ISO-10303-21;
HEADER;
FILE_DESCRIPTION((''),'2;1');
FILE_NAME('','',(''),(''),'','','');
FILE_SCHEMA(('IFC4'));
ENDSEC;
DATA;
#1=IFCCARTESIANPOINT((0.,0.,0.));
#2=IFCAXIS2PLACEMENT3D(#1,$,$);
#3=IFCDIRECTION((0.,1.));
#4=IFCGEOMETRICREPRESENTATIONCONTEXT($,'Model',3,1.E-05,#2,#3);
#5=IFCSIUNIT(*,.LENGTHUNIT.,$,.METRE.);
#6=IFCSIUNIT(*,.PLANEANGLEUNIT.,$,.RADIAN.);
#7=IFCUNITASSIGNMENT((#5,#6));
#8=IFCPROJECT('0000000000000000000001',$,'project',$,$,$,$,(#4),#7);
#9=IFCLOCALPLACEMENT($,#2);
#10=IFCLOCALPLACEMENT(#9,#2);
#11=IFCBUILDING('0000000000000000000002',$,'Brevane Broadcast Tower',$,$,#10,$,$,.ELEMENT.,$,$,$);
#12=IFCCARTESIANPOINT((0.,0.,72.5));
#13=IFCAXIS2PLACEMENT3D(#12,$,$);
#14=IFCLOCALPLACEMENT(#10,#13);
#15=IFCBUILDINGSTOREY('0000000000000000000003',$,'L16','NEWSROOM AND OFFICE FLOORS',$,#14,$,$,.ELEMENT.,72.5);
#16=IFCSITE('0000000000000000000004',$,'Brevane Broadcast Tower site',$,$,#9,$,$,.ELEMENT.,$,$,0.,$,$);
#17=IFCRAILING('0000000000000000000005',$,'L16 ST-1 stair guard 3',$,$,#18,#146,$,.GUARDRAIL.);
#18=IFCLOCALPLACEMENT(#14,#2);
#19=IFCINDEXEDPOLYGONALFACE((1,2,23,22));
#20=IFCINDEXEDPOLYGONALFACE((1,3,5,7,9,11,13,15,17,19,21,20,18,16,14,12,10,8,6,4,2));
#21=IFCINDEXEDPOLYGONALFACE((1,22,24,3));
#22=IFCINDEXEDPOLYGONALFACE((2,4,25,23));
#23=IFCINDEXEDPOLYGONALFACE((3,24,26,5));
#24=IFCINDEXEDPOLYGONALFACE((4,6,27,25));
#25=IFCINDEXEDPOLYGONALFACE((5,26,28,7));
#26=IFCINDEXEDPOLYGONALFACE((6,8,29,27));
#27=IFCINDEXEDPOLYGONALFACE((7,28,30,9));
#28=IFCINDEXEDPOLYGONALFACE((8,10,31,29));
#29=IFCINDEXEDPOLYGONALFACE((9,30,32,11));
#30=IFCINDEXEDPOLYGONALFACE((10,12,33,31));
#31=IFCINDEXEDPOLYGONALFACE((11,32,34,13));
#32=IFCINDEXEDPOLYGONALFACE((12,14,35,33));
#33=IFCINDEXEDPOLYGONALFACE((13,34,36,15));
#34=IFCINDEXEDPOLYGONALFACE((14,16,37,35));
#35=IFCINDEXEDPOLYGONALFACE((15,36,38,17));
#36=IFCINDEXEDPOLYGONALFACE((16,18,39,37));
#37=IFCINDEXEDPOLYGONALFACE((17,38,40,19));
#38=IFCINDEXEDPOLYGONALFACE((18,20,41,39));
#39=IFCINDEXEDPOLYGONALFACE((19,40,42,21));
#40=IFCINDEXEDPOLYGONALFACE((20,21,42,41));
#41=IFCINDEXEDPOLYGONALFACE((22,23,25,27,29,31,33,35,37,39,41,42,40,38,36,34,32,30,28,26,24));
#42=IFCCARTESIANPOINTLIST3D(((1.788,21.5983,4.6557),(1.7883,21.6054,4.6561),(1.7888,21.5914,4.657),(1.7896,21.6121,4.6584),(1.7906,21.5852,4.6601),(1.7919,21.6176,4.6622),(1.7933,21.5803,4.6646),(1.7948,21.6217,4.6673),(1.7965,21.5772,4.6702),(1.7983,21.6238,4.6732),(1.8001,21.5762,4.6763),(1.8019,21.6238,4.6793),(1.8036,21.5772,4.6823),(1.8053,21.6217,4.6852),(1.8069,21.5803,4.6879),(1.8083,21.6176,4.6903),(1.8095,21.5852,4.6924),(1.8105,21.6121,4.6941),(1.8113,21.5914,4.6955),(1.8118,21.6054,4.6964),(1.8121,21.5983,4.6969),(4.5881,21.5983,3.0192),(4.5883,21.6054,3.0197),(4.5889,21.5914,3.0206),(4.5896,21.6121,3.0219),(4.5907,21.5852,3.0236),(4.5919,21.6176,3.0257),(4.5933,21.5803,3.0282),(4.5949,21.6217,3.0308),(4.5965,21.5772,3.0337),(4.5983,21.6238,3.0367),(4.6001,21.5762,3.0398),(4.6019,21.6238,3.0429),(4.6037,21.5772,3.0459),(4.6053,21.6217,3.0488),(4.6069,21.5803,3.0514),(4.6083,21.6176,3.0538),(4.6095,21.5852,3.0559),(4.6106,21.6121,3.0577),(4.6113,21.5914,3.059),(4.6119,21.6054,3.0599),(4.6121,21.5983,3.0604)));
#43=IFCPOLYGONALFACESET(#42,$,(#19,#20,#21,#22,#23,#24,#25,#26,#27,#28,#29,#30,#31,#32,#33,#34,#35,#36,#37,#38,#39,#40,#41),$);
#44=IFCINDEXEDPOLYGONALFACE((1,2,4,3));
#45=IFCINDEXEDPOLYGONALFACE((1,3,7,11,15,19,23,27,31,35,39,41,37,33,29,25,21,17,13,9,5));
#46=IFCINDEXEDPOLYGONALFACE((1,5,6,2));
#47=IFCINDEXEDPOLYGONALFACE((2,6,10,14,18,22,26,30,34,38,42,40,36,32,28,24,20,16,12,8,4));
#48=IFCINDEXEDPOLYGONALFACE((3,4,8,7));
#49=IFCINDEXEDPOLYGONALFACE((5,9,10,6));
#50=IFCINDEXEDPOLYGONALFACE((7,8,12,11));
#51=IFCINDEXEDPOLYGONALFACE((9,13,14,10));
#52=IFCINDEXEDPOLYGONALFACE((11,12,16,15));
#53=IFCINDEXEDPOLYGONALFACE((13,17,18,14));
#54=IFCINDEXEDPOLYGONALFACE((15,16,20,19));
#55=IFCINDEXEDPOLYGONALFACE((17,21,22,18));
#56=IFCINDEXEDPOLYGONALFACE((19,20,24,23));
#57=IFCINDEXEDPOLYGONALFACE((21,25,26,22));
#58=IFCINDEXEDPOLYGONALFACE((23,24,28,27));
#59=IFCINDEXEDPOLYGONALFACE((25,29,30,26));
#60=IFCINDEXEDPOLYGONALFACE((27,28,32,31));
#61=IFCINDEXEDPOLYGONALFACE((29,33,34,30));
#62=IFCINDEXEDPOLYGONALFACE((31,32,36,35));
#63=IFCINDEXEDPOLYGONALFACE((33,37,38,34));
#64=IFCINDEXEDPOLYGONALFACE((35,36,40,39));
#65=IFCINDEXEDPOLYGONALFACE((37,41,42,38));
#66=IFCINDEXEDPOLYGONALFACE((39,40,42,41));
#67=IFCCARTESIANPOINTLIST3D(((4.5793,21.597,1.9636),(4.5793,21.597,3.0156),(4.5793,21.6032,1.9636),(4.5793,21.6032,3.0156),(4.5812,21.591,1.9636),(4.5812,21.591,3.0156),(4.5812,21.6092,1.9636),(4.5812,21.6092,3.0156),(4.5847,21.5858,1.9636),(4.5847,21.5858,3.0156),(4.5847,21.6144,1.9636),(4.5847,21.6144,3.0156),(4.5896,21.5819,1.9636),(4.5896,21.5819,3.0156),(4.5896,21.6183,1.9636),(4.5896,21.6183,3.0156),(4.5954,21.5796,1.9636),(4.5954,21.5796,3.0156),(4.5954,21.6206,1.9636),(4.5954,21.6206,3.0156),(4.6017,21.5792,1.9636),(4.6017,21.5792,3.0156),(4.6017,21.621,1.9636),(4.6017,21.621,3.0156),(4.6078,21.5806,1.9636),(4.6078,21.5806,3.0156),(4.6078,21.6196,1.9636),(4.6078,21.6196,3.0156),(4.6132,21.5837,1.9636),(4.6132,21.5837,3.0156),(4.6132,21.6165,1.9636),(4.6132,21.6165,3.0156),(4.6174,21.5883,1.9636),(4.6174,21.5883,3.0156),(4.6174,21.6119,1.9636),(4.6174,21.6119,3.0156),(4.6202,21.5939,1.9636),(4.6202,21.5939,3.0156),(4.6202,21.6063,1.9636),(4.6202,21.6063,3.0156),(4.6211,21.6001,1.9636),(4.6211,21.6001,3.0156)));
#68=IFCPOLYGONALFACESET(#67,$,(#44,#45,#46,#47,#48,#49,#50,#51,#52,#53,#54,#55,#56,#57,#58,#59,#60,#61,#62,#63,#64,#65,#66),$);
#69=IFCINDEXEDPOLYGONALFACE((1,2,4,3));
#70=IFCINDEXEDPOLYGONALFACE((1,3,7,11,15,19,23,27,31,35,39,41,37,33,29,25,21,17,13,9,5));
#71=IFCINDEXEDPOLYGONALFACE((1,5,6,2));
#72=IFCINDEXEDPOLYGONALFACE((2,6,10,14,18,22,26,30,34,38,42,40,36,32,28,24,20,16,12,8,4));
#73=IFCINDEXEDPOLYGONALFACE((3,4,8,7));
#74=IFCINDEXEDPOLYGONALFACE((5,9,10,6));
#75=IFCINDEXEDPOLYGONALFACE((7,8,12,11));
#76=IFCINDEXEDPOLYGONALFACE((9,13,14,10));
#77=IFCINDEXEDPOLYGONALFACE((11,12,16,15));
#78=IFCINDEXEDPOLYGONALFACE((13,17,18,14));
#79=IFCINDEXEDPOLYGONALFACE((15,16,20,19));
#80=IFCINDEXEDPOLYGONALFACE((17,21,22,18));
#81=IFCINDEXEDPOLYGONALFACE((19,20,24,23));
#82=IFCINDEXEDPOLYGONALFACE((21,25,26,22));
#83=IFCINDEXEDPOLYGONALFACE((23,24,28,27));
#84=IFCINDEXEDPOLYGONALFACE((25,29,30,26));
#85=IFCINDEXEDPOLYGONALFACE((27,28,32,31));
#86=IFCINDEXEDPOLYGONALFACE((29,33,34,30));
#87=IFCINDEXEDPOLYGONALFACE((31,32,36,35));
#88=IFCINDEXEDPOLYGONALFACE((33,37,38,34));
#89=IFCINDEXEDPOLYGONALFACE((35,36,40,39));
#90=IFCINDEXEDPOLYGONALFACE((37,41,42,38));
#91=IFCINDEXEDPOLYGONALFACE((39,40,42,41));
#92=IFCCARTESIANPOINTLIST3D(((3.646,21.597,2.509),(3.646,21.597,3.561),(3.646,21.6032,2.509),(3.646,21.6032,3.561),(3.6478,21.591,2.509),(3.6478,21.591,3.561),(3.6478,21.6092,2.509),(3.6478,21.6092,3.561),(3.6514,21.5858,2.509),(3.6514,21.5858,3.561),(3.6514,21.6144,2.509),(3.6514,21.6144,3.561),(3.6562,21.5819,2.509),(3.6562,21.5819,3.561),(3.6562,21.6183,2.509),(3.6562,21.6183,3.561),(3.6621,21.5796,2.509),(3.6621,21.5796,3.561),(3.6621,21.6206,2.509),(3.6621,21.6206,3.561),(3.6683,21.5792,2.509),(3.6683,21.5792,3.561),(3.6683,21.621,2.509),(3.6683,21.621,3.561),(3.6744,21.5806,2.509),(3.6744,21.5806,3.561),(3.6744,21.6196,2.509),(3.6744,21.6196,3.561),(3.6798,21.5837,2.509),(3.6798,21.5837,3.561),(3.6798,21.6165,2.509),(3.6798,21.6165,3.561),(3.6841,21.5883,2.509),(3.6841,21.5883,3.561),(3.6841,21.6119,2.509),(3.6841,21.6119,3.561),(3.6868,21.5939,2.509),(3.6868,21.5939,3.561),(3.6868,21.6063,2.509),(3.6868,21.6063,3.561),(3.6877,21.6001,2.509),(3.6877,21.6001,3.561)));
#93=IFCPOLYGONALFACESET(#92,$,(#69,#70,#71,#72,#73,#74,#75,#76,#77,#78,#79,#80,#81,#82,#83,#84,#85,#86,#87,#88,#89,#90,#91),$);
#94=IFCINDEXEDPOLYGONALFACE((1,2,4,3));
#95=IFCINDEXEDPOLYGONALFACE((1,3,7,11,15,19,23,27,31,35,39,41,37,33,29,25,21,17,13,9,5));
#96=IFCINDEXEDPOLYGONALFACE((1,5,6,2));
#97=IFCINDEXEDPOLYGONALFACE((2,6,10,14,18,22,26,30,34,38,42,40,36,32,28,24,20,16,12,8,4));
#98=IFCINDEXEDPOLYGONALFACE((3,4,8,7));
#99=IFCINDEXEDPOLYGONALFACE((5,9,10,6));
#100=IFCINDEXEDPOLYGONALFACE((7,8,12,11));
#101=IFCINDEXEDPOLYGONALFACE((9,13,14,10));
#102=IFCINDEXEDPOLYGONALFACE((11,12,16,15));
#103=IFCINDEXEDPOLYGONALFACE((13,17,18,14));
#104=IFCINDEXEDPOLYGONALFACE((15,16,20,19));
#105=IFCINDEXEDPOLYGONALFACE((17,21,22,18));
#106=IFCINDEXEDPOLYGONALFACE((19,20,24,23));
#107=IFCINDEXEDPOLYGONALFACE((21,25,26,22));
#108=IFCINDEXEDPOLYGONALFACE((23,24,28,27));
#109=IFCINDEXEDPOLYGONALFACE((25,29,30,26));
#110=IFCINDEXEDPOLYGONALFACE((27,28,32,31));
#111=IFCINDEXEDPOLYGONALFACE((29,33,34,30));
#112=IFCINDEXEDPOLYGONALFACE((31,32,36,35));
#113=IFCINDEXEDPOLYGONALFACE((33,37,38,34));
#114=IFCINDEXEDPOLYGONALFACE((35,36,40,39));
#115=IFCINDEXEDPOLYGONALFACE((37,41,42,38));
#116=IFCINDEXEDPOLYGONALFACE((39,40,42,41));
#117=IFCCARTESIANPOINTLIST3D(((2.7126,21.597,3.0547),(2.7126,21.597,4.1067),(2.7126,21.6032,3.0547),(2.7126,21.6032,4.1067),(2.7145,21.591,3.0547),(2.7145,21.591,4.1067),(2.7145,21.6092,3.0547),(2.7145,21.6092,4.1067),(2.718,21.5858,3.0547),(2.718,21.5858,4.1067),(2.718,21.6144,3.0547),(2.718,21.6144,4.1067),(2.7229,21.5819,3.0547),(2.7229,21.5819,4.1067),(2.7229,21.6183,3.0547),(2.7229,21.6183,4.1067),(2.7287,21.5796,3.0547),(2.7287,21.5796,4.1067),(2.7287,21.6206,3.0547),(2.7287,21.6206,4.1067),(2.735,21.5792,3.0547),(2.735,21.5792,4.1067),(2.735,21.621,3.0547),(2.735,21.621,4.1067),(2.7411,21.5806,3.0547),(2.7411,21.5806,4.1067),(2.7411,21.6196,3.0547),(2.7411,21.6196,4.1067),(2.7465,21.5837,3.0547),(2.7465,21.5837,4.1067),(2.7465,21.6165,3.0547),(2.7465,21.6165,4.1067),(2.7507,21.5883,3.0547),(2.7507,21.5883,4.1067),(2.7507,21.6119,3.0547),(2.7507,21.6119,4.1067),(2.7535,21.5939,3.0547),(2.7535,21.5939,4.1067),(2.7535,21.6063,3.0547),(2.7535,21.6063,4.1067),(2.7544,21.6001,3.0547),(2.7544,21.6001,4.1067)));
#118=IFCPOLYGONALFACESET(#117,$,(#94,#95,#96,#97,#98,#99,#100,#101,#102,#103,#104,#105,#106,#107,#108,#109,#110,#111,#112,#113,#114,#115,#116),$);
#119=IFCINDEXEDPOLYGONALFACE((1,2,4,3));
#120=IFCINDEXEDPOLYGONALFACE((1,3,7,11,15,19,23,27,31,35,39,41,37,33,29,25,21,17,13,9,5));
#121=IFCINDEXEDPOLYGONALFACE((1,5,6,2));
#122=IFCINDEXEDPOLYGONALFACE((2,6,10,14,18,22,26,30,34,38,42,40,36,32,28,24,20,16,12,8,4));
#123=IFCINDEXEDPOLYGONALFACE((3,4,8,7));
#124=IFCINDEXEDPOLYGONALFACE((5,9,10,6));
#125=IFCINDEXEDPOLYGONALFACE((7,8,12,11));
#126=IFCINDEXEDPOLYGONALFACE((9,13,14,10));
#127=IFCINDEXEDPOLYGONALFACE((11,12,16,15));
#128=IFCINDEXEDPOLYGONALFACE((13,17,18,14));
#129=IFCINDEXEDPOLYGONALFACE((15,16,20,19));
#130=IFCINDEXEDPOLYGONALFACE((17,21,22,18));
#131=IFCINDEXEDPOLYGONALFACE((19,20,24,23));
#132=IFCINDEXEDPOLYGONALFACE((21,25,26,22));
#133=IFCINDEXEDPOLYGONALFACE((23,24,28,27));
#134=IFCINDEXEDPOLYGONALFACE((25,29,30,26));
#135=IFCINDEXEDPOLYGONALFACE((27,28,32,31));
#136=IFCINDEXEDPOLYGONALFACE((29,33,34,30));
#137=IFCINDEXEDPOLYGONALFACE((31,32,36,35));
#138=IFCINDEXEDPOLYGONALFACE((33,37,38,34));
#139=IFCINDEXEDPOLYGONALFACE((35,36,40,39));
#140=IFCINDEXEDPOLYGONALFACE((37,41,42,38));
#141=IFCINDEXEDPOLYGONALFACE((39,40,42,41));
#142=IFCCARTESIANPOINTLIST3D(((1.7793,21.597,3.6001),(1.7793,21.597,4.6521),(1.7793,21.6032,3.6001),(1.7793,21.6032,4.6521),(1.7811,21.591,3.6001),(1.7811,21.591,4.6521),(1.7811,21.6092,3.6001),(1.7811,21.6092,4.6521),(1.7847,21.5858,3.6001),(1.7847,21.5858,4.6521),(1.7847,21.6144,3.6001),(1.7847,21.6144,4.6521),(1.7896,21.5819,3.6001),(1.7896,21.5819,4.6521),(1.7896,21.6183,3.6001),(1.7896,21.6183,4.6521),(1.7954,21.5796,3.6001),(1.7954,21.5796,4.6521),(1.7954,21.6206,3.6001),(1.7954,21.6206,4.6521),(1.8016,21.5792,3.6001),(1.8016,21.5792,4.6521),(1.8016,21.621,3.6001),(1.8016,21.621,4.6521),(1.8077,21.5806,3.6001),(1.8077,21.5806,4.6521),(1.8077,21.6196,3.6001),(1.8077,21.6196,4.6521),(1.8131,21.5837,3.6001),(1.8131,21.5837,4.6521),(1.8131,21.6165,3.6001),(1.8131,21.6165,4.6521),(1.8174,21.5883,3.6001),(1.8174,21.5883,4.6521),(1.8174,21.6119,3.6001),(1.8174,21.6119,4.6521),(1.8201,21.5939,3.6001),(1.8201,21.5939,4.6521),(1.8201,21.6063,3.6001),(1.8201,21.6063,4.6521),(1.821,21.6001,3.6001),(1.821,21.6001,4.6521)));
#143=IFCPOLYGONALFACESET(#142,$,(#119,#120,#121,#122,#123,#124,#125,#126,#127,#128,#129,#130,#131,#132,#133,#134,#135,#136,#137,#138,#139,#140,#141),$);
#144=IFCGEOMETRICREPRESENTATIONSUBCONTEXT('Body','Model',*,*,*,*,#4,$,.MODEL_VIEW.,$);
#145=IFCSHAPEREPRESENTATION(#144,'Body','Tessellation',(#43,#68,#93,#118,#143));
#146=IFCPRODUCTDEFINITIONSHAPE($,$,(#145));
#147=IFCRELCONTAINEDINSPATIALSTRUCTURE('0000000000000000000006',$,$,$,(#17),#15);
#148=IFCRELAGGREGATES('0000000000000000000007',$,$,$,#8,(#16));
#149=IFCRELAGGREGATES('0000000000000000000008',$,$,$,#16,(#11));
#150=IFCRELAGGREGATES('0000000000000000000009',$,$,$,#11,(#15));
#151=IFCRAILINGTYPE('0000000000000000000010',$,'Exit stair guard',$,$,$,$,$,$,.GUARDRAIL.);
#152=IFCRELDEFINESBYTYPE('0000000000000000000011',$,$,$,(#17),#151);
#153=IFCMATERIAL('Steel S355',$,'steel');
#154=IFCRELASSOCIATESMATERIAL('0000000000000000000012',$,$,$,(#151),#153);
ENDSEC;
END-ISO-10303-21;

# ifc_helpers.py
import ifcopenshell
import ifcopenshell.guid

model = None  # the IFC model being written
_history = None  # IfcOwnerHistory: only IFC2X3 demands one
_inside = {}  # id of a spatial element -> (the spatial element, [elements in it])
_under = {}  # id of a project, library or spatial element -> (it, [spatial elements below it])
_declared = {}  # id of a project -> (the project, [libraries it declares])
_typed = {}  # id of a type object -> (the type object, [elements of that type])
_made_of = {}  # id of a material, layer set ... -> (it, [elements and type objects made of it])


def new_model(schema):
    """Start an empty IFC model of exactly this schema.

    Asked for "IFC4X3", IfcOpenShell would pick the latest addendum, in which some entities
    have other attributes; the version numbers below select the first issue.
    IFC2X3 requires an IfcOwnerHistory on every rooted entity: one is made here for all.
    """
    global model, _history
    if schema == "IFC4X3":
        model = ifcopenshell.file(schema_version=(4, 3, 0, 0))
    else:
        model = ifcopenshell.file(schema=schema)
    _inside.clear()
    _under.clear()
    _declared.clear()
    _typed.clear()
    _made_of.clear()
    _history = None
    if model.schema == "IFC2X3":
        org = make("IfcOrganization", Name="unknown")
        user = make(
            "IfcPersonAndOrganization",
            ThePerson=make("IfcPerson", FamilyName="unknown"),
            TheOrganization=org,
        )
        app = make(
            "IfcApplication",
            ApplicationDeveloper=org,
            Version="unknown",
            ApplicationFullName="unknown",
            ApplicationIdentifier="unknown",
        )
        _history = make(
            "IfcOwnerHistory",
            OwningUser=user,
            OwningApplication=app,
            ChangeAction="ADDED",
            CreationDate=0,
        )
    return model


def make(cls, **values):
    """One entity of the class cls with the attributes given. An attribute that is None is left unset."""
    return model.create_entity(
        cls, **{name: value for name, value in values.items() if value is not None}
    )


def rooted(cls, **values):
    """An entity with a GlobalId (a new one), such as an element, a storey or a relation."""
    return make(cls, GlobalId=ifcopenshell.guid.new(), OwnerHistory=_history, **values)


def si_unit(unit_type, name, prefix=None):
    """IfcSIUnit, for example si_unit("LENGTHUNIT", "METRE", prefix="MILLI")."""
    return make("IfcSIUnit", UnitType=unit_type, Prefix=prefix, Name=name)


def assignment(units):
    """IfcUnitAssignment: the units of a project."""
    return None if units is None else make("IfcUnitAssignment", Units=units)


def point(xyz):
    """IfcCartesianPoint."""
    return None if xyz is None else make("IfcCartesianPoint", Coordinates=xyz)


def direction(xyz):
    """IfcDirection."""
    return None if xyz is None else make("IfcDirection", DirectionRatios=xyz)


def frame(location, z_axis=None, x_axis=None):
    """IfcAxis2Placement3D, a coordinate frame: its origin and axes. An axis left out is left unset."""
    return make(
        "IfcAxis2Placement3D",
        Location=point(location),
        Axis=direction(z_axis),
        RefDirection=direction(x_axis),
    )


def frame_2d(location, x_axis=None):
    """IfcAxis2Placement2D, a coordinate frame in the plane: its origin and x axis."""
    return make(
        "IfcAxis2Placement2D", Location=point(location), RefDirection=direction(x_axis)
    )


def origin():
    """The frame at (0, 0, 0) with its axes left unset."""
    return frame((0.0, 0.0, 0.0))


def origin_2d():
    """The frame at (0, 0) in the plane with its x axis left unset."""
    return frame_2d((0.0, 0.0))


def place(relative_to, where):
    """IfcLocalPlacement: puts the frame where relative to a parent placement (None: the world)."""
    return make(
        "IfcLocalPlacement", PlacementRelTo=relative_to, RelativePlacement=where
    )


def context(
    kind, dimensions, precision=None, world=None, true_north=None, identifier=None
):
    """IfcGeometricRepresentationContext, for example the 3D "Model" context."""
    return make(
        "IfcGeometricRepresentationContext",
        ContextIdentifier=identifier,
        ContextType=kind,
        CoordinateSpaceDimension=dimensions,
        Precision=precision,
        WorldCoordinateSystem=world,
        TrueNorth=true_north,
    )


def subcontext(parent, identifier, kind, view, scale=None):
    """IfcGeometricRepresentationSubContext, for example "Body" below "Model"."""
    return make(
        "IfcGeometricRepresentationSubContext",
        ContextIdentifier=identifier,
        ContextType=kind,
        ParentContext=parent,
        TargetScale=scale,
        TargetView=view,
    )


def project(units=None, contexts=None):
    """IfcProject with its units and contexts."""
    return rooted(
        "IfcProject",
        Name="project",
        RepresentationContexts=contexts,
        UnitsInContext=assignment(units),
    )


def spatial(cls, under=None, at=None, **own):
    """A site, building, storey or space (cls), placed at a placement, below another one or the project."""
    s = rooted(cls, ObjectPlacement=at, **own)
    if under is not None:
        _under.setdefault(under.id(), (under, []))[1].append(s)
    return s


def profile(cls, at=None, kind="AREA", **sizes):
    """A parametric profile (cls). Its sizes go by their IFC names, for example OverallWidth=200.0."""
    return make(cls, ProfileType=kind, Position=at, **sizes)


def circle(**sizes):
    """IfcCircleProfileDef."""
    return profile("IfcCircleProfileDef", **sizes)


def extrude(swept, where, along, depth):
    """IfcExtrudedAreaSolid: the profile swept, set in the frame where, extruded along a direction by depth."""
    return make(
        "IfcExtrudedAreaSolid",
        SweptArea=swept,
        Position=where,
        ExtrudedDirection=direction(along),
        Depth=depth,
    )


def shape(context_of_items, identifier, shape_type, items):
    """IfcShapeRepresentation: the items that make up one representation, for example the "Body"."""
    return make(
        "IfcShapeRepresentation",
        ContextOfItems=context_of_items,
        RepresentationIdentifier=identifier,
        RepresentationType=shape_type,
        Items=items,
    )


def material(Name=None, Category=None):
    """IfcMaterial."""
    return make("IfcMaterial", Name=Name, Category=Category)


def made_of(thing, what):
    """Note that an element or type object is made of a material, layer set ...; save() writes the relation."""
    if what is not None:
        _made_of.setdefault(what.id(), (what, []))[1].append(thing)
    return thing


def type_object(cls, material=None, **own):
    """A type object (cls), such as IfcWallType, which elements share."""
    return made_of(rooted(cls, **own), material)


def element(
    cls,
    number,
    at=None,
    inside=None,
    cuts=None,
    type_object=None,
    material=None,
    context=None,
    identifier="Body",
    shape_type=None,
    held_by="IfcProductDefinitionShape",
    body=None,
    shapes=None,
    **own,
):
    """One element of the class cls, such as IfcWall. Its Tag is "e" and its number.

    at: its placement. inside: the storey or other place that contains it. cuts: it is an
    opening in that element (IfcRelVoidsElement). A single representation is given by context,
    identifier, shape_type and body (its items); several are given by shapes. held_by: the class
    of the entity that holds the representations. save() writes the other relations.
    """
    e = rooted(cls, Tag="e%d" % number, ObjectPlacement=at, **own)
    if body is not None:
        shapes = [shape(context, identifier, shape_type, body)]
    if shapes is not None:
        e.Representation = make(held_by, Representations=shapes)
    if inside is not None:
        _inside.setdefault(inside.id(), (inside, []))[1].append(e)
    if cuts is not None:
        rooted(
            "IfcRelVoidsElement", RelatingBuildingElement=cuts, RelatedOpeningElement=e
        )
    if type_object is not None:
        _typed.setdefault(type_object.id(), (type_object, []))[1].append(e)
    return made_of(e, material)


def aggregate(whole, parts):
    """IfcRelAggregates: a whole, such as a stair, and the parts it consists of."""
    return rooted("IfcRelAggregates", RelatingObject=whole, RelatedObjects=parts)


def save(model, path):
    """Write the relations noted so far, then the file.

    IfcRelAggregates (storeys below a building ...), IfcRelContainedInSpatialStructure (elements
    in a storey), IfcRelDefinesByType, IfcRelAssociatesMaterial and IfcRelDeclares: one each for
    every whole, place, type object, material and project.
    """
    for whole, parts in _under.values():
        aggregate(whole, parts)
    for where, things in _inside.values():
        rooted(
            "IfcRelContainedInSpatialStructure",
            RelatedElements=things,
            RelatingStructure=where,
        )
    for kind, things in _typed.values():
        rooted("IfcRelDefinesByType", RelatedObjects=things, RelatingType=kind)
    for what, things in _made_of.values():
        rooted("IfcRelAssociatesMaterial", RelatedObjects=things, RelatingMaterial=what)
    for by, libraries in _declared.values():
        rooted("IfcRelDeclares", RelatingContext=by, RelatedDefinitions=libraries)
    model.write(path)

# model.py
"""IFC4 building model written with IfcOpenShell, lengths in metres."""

from ifc_helpers import new_model, si_unit, direction, frame, origin, origin_2d, place, context, subcontext, project, spatial, circle, extrude, material, type_object, element, save


model = new_model("IFC4")

# Units and contexts
model_context = context("Model", 3, precision=1e-05, world=origin(), true_north=direction((0.0, 1.0)))
body_context = subcontext(model_context, "Body", "Model", "MODEL_VIEW")
ifc_project = project(units=[si_unit("LENGTHUNIT", "METRE"), si_unit("PLANEANGLEUNIT", "RADIAN")], contexts=[model_context])

# Site, building, storey
site_placement = place(None, origin())
site = spatial("IfcSite", under=ifc_project, at=site_placement, Name="Brevane Broadcast Tower site", CompositionType="ELEMENT", RefElevation=0.0)
building_placement = place(site_placement, origin())
building = spatial("IfcBuilding", under=site, at=building_placement, Name="Brevane Broadcast Tower", CompositionType="ELEMENT")
storey_placement = place(building_placement, frame((0.0, 0.0, 72.5)))
storey = spatial("IfcBuildingStorey", under=building, at=storey_placement, Name="L16", Description="NEWSROOM AND OFFICE FLOORS", CompositionType="ELEMENT", Elevation=72.5)

# Railing
ifc_material_1 = material(Name="Steel S355", Category="steel")
railing_type_1 = type_object("IfcRailingType", Name="Exit stair guard", PredefinedType="GUARDRAIL", material=ifc_material_1)
railing_1_placement = place(storey_placement, frame((4.6001, 21.6001, 1.9636)))
element("IfcRailing", 1, at=railing_1_placement, inside=storey, type_object=railing_type_1, Name="L16 ST-1 stair guard 3", PredefinedType="GUARDRAIL", context=body_context, shape_type="SweptSolid", body=[
    extrude(circle(Radius=0.0239, at=origin_2d()), frame((0.0, 0.0, 1.0762), z_axis=(-0.863361, 0.0, 0.504587), x_axis=(0.0, -1.0, 0.0)), (0.0, 0.0, 1.0), 3.2432),
    extrude(circle(Radius=0.021, at=origin_2d()), origin(), (0.0, 0.0, 1.0), 1.052),
    extrude(circle(Radius=0.021, at=origin_2d()), frame((-0.9333, 0.0, 0.5454)), (0.0, 0.0, 1.0), 1.052),
    extrude(circle(Radius=0.021, at=origin_2d()), frame((-1.8667, 0.0, 1.0911)), (0.0, 0.0, 1.0), 1.052),
    extrude(circle(Radius=0.021, at=origin_2d()), frame((-2.8, 0.0, 1.6365)), (0.0, 0.0, 1.0), 1.052),
])

save(model, "model.ifc")
